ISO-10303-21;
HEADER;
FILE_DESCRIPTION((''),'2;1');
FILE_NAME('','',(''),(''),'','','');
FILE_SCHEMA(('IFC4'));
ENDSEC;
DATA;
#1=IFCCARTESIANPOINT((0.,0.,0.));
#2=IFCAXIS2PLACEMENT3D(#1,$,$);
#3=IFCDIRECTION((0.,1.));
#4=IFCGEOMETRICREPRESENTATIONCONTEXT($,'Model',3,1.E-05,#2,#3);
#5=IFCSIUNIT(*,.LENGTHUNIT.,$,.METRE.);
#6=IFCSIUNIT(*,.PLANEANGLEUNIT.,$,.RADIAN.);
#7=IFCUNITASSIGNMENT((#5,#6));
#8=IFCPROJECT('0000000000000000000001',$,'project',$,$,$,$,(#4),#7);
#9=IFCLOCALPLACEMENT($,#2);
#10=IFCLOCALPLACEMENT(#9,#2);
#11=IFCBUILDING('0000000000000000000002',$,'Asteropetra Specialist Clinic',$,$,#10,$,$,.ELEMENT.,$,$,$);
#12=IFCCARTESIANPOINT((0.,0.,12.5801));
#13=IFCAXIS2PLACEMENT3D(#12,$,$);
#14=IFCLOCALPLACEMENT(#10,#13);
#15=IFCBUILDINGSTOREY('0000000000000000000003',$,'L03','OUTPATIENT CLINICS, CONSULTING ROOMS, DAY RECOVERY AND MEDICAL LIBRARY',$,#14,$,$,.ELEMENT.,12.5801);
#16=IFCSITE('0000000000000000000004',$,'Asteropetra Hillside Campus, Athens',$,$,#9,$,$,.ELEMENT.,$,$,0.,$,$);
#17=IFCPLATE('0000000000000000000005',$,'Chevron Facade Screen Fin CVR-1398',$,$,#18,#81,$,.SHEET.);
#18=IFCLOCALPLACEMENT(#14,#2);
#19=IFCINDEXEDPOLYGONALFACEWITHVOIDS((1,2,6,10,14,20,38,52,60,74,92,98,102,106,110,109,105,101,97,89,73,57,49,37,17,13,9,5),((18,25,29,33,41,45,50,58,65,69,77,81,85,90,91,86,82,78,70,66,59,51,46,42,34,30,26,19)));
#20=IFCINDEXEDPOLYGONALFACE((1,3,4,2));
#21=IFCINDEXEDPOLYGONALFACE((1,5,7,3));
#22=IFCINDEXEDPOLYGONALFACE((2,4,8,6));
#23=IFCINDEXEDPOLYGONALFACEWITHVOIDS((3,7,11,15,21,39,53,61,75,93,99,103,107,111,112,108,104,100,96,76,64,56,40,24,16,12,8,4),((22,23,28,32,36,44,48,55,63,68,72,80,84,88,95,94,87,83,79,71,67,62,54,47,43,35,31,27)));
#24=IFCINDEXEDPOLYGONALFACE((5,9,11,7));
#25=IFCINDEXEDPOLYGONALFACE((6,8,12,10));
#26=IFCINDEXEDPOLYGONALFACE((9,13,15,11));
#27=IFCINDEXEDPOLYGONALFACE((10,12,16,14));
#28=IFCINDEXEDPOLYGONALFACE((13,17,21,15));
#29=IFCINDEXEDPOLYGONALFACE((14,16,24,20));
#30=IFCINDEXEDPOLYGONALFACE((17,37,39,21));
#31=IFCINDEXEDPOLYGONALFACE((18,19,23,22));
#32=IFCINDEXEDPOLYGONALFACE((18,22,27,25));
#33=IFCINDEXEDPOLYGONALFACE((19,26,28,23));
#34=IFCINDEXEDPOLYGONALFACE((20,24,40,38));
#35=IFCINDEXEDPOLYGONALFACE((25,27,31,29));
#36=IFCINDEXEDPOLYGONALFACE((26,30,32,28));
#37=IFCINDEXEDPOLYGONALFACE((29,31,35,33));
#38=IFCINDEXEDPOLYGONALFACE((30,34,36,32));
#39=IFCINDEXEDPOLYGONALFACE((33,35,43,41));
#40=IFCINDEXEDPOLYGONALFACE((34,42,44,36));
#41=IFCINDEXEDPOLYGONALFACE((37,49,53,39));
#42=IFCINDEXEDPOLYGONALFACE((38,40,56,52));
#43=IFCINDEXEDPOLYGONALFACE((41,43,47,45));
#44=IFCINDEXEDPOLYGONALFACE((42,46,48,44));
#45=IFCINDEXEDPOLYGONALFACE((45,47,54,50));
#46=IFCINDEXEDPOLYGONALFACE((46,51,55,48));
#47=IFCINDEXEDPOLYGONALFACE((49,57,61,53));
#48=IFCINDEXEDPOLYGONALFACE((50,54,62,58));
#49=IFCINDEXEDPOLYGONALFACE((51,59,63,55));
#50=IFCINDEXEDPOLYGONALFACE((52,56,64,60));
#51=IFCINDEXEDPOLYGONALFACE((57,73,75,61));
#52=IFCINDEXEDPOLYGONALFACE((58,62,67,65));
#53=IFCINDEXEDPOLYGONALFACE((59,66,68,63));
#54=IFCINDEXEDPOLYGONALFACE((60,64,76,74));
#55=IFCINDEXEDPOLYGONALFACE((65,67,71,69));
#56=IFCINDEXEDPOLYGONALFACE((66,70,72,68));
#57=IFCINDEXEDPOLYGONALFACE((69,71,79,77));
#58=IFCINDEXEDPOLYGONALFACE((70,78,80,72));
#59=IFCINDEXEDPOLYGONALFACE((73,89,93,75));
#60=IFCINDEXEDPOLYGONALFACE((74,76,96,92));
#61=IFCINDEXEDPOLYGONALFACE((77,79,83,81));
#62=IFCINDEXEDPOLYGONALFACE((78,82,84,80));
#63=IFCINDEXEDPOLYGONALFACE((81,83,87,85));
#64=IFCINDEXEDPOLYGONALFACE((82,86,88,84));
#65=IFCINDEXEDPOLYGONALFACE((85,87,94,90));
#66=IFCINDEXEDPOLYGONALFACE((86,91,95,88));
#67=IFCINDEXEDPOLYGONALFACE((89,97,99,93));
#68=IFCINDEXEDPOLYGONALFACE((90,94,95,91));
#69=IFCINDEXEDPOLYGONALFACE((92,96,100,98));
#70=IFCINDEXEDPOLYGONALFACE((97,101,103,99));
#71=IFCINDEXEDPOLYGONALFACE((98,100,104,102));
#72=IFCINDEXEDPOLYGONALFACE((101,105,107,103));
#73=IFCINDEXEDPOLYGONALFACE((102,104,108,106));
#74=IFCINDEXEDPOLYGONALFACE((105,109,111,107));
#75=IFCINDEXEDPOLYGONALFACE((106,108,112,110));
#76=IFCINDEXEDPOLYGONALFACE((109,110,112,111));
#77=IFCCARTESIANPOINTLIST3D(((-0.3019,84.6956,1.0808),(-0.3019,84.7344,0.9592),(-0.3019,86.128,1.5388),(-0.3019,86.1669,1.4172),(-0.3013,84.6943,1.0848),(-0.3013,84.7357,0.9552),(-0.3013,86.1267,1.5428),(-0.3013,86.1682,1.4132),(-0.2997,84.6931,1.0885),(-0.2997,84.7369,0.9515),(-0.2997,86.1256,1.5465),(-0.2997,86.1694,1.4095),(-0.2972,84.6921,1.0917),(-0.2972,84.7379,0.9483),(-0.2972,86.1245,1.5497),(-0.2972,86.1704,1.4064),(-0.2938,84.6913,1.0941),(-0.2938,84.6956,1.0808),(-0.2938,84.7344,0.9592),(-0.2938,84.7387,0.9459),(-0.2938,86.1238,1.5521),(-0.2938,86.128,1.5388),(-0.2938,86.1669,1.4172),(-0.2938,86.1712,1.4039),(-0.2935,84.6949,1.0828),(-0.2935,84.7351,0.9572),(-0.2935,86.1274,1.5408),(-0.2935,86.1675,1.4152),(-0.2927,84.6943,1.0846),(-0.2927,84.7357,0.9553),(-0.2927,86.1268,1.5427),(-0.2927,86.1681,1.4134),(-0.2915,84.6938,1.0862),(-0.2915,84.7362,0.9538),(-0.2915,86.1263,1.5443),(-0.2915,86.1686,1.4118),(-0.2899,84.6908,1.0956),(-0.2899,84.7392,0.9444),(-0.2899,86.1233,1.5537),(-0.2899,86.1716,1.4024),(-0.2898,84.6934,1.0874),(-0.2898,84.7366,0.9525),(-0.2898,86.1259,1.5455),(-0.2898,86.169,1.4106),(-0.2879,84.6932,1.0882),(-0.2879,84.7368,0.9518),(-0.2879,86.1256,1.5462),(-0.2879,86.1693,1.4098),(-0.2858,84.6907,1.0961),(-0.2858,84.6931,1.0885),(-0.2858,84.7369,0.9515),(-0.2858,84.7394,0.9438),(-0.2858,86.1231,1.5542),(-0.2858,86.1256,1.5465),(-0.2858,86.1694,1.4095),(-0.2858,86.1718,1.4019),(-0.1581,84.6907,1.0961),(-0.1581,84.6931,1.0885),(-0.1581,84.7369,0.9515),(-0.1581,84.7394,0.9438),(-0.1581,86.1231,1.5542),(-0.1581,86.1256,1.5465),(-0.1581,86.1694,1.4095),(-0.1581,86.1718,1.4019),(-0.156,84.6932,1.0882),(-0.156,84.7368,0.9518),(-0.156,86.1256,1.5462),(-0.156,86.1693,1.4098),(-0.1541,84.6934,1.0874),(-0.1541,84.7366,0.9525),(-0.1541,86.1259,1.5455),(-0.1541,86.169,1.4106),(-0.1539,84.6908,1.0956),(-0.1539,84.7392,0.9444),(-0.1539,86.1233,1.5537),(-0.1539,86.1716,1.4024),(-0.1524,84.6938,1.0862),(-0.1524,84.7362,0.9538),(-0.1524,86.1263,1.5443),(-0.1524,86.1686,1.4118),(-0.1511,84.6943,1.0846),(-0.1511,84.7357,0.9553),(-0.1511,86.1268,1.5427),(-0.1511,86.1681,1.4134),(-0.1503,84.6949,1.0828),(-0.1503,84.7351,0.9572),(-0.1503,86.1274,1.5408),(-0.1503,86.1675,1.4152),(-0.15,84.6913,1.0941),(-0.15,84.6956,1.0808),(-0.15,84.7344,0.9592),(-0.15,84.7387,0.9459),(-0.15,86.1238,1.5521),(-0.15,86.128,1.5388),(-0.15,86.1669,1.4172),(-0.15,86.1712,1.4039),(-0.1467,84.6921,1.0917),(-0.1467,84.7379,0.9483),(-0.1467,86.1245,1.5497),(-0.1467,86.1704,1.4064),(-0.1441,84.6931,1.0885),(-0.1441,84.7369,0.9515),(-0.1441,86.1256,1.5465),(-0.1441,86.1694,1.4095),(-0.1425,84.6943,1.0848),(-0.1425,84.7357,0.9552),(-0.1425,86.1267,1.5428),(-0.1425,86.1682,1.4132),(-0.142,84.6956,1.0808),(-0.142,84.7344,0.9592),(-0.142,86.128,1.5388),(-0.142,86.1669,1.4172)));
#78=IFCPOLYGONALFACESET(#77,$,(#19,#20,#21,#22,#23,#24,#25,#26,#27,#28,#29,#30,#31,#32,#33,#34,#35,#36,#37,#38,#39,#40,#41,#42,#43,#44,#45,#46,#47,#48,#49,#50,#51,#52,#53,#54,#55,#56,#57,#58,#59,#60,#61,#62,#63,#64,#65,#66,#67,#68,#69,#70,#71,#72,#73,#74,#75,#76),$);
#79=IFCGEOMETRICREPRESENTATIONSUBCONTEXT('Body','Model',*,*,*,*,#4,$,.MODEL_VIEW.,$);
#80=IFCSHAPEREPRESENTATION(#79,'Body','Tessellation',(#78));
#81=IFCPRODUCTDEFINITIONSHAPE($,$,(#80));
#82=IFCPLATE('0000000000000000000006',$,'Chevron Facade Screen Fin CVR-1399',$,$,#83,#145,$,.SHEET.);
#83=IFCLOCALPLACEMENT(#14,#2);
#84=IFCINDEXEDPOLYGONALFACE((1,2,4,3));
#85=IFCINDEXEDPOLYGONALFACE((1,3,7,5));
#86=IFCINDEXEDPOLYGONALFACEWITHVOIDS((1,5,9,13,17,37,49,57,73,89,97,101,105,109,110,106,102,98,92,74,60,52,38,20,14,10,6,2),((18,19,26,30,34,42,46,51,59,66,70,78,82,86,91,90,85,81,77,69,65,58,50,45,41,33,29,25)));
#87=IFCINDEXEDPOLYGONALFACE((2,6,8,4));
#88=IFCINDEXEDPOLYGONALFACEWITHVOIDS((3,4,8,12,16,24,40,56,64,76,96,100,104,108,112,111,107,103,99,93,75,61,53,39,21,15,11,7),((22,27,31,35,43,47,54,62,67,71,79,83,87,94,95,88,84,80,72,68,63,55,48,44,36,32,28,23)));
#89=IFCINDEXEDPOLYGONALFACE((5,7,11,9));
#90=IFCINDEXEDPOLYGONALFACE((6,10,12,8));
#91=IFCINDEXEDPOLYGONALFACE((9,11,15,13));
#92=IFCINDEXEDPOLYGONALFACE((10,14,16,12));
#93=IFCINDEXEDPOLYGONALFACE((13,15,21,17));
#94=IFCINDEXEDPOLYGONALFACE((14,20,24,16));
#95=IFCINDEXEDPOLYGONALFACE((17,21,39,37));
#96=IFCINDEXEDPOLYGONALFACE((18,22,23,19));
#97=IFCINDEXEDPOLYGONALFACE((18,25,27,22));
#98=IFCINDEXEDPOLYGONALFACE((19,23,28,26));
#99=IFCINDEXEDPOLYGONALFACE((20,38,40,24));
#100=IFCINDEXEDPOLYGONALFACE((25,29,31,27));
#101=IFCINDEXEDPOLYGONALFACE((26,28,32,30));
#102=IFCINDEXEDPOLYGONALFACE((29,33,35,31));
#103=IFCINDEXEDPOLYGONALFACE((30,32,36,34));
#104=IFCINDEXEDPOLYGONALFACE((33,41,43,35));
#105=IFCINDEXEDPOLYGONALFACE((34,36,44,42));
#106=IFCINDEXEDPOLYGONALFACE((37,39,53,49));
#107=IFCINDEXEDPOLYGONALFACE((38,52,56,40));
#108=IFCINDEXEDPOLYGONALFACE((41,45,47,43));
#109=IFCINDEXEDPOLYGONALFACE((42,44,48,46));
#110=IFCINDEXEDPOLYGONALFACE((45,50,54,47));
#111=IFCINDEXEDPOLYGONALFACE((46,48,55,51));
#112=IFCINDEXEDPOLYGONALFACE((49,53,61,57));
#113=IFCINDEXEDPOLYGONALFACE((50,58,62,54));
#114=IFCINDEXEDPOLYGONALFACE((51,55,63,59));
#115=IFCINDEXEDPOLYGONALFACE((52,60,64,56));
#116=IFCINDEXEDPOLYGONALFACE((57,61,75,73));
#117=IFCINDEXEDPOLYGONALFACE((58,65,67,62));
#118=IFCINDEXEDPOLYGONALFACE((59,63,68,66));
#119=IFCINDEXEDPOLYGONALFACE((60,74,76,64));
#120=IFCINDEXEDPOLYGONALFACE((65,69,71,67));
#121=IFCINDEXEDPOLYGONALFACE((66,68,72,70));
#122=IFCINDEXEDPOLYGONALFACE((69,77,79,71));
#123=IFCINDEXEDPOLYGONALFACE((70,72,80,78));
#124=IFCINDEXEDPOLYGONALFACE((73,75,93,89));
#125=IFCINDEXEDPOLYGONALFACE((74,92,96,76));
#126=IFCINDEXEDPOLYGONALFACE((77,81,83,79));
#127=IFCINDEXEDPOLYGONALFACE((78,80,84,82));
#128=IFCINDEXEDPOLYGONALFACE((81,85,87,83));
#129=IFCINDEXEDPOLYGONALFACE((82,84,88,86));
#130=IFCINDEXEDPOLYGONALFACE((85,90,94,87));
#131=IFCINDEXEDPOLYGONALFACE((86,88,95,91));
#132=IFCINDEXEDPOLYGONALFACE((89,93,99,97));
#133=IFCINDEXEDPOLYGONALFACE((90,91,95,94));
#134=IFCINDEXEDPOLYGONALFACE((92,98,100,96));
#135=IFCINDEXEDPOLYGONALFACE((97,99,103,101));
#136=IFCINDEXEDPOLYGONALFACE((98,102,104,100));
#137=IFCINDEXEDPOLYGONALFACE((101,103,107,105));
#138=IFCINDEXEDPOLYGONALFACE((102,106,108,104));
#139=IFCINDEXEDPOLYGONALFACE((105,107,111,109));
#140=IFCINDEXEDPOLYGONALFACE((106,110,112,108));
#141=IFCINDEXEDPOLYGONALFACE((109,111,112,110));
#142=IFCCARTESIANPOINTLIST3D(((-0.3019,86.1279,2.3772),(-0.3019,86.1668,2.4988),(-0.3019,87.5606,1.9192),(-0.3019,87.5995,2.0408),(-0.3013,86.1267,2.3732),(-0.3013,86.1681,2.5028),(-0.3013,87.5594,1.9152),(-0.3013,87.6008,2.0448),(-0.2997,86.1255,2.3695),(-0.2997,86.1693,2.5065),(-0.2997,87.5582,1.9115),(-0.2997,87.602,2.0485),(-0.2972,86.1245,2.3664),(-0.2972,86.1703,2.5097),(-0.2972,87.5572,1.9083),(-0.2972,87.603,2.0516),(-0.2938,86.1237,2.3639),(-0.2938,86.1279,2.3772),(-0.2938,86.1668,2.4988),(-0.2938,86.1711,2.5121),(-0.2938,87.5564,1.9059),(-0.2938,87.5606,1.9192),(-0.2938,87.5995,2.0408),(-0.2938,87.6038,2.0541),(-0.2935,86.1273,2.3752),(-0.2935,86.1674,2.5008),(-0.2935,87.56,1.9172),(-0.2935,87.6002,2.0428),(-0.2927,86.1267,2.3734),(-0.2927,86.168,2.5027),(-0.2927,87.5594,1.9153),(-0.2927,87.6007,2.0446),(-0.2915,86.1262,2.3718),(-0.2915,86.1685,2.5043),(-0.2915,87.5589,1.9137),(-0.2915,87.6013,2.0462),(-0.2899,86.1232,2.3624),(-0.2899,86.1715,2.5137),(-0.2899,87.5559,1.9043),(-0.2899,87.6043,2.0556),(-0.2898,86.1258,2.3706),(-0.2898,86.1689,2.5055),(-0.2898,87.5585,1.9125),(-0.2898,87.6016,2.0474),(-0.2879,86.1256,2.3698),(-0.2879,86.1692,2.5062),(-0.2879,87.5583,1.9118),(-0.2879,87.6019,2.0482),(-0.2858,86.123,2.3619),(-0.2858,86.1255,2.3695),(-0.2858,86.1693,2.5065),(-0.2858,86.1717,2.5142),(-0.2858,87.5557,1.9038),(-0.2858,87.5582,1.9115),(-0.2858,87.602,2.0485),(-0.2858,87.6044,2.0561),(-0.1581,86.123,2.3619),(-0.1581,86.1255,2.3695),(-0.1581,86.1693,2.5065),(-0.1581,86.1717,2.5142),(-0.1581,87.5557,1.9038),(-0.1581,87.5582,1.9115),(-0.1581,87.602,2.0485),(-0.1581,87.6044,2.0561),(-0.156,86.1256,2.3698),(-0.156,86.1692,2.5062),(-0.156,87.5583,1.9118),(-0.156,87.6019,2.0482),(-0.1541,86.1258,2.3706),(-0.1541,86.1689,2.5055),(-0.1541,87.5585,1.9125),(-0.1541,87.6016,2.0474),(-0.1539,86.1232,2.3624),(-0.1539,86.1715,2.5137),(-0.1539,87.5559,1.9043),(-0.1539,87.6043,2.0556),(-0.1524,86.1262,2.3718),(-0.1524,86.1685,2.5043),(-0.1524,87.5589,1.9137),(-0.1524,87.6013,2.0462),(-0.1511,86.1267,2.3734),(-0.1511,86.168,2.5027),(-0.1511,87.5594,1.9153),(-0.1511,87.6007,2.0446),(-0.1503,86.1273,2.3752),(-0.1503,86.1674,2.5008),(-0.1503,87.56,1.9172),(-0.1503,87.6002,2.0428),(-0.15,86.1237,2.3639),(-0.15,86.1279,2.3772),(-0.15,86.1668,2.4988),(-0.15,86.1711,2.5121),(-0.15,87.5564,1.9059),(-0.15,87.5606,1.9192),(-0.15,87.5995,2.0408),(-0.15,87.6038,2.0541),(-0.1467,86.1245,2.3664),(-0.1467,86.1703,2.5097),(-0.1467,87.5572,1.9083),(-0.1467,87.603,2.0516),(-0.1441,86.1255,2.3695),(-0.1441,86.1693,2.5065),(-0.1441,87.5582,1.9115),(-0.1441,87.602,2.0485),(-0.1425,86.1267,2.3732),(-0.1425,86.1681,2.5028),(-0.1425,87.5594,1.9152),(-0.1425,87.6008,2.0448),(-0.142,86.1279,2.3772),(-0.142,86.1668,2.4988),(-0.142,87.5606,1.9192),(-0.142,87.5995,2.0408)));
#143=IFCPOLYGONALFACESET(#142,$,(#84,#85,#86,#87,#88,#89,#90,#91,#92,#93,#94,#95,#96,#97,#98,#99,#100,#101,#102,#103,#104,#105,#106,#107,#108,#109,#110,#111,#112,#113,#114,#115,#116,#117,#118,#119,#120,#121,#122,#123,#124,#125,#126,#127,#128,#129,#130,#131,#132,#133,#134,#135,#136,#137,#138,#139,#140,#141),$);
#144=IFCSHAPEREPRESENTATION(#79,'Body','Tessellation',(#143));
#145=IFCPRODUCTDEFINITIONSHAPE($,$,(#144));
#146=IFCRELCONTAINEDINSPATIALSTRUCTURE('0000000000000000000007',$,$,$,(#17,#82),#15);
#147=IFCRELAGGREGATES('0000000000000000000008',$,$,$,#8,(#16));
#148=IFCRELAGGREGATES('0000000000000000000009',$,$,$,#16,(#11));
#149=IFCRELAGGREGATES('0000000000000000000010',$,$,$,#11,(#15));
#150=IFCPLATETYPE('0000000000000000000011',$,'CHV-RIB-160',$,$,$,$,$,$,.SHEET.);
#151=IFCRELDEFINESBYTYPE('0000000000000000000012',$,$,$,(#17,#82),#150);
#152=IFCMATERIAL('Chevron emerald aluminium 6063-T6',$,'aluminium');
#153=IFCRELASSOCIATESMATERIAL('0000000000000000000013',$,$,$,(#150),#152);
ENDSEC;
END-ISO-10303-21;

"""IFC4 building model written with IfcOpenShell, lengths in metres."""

from ifc_helpers import new_model, si_unit, direction, frame, origin, origin_2d, place, context, subcontext, project, spatial, hollow_rectangle, extrude, material, material_profile, profile_set, type_object, element, save


model = new_model("IFC4")

# Units and contexts
model_context = context("Model", 3, precision=1e-05, world=origin(), true_north=direction((0.0, 1.0)))
body_context = subcontext(model_context, "Body", "Model", "MODEL_VIEW")
ifc_project = project(units=[si_unit("LENGTHUNIT", "METRE"), si_unit("PLANEANGLEUNIT", "RADIAN")], contexts=[model_context])

# Site, building, storey
site_placement = place(None, origin())
site = spatial("IfcSite", under=ifc_project, at=site_placement, Name="Asteropetra Hillside Campus, Athens", CompositionType="ELEMENT", RefElevation=0.0)
building_placement = place(site_placement, origin())
building = spatial("IfcBuilding", under=site, at=building_placement, Name="Asteropetra Specialist Clinic", CompositionType="ELEMENT")
storey_placement = place(building_placement, frame((0.0, 0.0, 12.5801)))
storey = spatial("IfcBuildingStorey", under=building, at=storey_placement, Name="L03", Description="OUTPATIENT CLINICS, CONSULTING ROOMS, DAY RECOVERY AND MEDICAL LIBRARY", CompositionType="ELEMENT", Elevation=12.5801)

# Plates
ifc_material_1 = material(Name="Chevron emerald aluminium 6063-T6", Category="aluminium")
ifc_material_profile_1 = material_profile(ifc_material_1, hollow_rectangle(XDim=0.1599, YDim=0.1599, WallThickness=0.0081, InnerFilletRadius=0.0081, OuterFilletRadius=0.0161, at=origin_2d()), Name="SHS 160x160x8.0")
ifc_profile_set_1 = profile_set([ifc_material_profile_1], Name="Chevron emerald aluminium 6063-T6")
plate_type_1 = type_object("IfcPlateType", Name="CHV-RIB-160", PredefinedType="SHEET", material=ifc_profile_set_1)
plate_1_placement = place(storey_placement, frame((-0.2219, 86.1475, 1.478), z_axis=(0.0, -0.952492, -0.304564), x_axis=(1.0, 0.0, 0.0)))
element("IfcPlate", 1, at=plate_1_placement, inside=storey, type_object=plate_type_1, Name="Chevron Facade Screen Fin CVR-1398", PredefinedType="SHEET", context=body_context, shape_type="SweptSolid", body=[
    extrude(hollow_rectangle(XDim=0.1599, YDim=0.1599, WallThickness=0.0081, InnerFilletRadius=0.0081, OuterFilletRadius=0.0161, at=origin_2d()), origin(), (0.0, 0.0, 1.0), 1.5039),
])
plate_2_placement = place(storey_placement, frame((-0.2219, 87.5801, 1.98), z_axis=(0.0, -0.952507, 0.304517), x_axis=(1.0, 0.0, 0.0)))
element("IfcPlate", 2, at=plate_2_placement, inside=storey, type_object=plate_type_1, Name="Chevron Facade Screen Fin CVR-1399", PredefinedType="SHEET", context=body_context, shape_type="SweptSolid", body=[
    extrude(hollow_rectangle(XDim=0.1599, YDim=0.1599, WallThickness=0.0081, InnerFilletRadius=0.0081, OuterFilletRadius=0.0161, at=origin_2d()), origin(), (0.0, 0.0, 1.0), 1.5042),
])

save(model, "model.ifc")
